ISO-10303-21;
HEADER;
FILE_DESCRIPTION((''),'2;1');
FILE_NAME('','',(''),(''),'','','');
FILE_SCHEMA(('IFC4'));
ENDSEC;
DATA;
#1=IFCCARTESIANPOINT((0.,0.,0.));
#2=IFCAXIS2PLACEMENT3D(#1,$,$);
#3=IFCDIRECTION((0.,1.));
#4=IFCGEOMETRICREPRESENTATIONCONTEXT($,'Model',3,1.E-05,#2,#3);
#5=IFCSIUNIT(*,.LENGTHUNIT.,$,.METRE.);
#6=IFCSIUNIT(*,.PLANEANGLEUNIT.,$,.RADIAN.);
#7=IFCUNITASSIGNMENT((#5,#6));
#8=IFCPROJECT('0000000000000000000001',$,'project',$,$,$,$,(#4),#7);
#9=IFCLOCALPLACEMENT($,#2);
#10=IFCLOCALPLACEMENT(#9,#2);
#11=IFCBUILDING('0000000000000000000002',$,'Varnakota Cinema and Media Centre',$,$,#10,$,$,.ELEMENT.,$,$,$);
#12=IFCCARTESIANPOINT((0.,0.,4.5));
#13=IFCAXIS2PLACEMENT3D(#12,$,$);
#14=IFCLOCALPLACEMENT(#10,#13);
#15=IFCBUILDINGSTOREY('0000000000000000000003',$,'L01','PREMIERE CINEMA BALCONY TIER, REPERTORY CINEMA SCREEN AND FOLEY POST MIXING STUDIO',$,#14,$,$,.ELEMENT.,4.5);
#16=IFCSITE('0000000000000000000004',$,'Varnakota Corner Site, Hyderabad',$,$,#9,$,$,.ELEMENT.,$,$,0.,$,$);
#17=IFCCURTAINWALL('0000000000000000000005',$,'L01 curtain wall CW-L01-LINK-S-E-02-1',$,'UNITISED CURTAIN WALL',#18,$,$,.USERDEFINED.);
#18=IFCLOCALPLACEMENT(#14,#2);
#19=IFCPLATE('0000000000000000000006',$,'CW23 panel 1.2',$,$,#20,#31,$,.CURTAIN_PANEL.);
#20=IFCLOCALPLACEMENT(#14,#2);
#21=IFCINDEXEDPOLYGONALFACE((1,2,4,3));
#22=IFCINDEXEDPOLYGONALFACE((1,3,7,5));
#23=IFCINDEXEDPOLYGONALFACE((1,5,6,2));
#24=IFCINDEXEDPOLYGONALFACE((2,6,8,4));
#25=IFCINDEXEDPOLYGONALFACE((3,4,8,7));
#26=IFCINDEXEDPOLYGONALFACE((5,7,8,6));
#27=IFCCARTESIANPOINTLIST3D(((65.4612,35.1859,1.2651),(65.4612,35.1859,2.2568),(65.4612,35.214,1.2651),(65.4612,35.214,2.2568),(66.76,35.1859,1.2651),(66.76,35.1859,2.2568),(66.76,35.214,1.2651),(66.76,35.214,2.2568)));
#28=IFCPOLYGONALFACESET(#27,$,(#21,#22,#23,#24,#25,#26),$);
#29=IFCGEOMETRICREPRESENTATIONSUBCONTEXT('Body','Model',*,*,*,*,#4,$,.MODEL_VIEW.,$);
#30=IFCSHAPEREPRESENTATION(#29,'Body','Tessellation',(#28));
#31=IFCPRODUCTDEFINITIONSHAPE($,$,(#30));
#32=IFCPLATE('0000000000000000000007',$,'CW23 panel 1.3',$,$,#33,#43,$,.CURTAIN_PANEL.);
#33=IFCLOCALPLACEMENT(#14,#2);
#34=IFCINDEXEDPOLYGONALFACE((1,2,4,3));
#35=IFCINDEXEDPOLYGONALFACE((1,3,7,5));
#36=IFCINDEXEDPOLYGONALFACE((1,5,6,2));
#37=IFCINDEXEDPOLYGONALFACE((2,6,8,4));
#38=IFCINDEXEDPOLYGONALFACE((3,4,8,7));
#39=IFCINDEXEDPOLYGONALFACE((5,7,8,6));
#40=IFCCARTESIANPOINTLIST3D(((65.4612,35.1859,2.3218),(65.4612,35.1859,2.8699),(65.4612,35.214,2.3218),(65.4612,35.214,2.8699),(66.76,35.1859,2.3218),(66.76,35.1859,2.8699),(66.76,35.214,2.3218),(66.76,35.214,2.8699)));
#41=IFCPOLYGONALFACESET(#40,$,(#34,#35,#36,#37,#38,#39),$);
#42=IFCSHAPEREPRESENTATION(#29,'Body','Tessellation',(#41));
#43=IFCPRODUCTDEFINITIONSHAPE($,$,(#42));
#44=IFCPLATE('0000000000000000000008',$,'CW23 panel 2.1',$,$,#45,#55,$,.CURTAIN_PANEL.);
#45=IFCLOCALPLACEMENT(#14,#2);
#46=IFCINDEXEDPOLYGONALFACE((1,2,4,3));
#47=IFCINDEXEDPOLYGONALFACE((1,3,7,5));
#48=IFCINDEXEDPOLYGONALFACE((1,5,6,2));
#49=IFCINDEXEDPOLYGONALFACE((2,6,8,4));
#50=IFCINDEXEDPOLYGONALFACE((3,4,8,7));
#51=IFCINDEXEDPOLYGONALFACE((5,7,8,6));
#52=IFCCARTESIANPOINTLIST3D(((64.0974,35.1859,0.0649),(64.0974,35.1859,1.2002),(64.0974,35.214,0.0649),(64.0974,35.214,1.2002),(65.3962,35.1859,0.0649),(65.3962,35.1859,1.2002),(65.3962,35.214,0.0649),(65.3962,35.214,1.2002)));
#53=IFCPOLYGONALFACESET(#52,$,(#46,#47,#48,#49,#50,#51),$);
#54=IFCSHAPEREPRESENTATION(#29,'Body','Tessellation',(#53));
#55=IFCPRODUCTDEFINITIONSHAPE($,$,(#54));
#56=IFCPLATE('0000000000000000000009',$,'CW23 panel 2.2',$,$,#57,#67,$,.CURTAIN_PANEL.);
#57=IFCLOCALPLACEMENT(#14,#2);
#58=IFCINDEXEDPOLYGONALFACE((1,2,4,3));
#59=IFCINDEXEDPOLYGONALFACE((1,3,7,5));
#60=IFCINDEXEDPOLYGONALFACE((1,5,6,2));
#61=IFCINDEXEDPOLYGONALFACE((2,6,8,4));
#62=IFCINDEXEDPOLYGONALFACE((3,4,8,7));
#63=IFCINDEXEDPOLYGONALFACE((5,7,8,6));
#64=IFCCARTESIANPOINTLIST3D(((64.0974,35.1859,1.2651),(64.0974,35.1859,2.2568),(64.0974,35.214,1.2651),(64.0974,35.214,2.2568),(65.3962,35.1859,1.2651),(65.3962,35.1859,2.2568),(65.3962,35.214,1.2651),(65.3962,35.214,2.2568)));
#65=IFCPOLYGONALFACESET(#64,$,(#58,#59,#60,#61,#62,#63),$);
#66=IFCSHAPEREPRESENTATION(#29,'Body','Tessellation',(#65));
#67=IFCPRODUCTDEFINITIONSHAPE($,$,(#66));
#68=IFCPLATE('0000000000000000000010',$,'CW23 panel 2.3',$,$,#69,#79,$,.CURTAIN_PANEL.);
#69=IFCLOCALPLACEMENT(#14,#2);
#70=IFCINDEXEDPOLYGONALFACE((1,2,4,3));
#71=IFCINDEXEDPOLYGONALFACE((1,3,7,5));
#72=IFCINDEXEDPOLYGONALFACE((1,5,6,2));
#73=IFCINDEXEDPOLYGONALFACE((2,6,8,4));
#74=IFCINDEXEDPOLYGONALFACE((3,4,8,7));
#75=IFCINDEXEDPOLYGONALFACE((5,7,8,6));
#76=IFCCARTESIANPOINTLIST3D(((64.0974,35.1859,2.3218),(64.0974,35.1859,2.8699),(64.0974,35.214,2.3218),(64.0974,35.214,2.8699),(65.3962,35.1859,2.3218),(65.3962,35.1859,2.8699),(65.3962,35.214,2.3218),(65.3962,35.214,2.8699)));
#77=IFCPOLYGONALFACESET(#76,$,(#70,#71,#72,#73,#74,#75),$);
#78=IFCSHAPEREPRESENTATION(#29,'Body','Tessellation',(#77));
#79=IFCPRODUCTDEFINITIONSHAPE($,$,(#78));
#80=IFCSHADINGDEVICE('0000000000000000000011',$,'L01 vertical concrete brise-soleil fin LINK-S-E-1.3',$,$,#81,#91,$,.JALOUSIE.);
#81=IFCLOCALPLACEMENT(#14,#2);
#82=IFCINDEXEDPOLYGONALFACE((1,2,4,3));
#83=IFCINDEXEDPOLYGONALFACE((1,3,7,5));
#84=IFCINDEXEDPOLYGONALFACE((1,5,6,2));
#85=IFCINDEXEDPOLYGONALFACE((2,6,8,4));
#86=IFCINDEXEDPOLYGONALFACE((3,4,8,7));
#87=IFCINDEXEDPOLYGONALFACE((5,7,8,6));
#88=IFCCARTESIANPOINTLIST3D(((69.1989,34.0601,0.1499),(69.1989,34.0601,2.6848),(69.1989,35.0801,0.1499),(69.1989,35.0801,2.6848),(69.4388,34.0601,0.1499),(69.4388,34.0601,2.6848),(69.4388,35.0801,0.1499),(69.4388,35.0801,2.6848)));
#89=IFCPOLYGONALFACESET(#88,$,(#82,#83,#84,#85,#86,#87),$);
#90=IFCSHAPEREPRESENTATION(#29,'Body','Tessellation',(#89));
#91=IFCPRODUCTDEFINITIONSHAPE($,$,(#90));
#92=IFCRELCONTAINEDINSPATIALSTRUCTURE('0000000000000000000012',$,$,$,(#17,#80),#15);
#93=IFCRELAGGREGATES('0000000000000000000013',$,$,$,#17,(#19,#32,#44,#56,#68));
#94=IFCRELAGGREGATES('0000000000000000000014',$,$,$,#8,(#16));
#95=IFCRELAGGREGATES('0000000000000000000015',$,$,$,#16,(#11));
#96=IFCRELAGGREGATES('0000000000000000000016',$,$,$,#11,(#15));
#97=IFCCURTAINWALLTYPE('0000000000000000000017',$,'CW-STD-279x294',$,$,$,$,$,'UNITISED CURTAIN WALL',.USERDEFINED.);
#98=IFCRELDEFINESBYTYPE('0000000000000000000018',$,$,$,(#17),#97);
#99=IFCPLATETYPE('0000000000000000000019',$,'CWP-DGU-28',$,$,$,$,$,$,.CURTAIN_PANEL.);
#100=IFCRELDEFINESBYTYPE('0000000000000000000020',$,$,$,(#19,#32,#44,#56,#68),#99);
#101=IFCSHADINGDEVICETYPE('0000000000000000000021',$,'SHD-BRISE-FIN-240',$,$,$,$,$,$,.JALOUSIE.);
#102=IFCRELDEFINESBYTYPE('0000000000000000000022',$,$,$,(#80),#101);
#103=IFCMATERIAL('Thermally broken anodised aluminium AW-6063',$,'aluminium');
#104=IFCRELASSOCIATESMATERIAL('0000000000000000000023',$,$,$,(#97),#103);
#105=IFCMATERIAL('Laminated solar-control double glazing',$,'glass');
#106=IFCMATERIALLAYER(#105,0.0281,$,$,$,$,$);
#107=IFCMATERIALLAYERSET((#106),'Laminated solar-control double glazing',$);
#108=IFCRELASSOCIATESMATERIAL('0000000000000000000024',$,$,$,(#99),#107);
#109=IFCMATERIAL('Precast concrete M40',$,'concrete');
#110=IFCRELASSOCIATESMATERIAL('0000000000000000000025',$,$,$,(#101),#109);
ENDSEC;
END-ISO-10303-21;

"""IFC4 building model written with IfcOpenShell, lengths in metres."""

from ifc_helpers import new_model, si_unit, direction, frame, origin, origin_2d, place, context, subcontext, project, spatial, rectangle, extrude, material, layer, layer_set, type_object, element, aggregate, save


model = new_model("IFC4")

# Units and contexts
model_context = context("Model", 3, precision=1e-05, world=origin(), true_north=direction((0.0, 1.0)))
body_context = subcontext(model_context, "Body", "Model", "MODEL_VIEW")
ifc_project = project(units=[si_unit("LENGTHUNIT", "METRE"), si_unit("PLANEANGLEUNIT", "RADIAN")], contexts=[model_context])

# Site, building, storey
site_placement = place(None, origin())
site = spatial("IfcSite", under=ifc_project, at=site_placement, Name="Varnakota Corner Site, Hyderabad", CompositionType="ELEMENT", RefElevation=0.0)
building_placement = place(site_placement, origin())
building = spatial("IfcBuilding", under=site, at=building_placement, Name="Varnakota Cinema and Media Centre", CompositionType="ELEMENT")
storey_placement = place(building_placement, frame((0.0, 0.0, 4.5)))
storey = spatial("IfcBuildingStorey", under=building, at=storey_placement, Name="L01", Description="PREMIERE CINEMA BALCONY TIER, REPERTORY CINEMA SCREEN AND FOLEY POST MIXING STUDIO", CompositionType="ELEMENT", Elevation=4.5)

# Curtain wall
ifc_material_1 = material(Name="Thermally broken anodised aluminium AW-6063", Category="aluminium")
curtain_wall_type_1 = type_object("IfcCurtainWallType", Name="CW-STD-279x294", ElementType="UNITISED CURTAIN WALL", PredefinedType="USERDEFINED", material=ifc_material_1)
curtain_wall_1_placement = place(storey_placement, origin())
curtain_wall_1 = element("IfcCurtainWall", 1, at=curtain_wall_1_placement, inside=storey, type_object=curtain_wall_type_1, Name="L01 curtain wall CW-L01-LINK-S-E-02-1", ObjectType="UNITISED CURTAIN WALL", PredefinedType="USERDEFINED")

# Plates
ifc_material_2 = material(Name="Laminated solar-control double glazing", Category="glass")
ifc_layer = layer(ifc_material_2, 0.0281)
ifc_layer_set = layer_set([ifc_layer], Name="Laminated solar-control double glazing")
plate_type = type_object("IfcPlateType", Name="CWP-DGU-28", PredefinedType="CURTAIN_PANEL", material=ifc_layer_set)
plate_1_placement = place(storey_placement, frame((66.1106, 35.2, 1.2651), z_axis=(0.0, 0.0, 1.0), x_axis=(-1.0, 0.0, 0.0)))
plate_1 = element("IfcPlate", 2, at=plate_1_placement, type_object=plate_type, Name="CW23 panel 1.2", PredefinedType="CURTAIN_PANEL", context=body_context, shape_type="SweptSolid", body=[
    extrude(rectangle(XDim=1.2988, YDim=0.0281, at=origin_2d()), origin(), (0.0, 0.0, 1.0), 0.9917),
])
plate_2_placement = place(storey_placement, frame((66.1106, 35.2, 2.3218), z_axis=(0.0, 0.0, 1.0), x_axis=(-1.0, 0.0, 0.0)))
plate_2 = element("IfcPlate", 3, at=plate_2_placement, type_object=plate_type, Name="CW23 panel 1.3", PredefinedType="CURTAIN_PANEL", context=body_context, shape_type="SweptSolid", body=[
    extrude(rectangle(XDim=1.2988, YDim=0.0281, at=origin_2d()), origin(), (0.0, 0.0, 1.0), 0.5481),
])
plate_3_placement = place(storey_placement, frame((64.7468, 35.2, 0.0649), z_axis=(0.0, 0.0, 1.0), x_axis=(-1.0, 0.0, 0.0)))
plate_3 = element("IfcPlate", 4, at=plate_3_placement, type_object=plate_type, Name="CW23 panel 2.1", PredefinedType="CURTAIN_PANEL", context=body_context, shape_type="SweptSolid", body=[
    extrude(rectangle(XDim=1.2988, YDim=0.0281, at=origin_2d()), origin(), (0.0, 0.0, 1.0), 1.1353),
])
plate_4_placement = place(storey_placement, frame((64.7468, 35.2, 1.2651), z_axis=(0.0, 0.0, 1.0), x_axis=(-1.0, 0.0, 0.0)))
plate_4 = element("IfcPlate", 5, at=plate_4_placement, type_object=plate_type, Name="CW23 panel 2.2", PredefinedType="CURTAIN_PANEL", context=body_context, shape_type="SweptSolid", body=[
    extrude(rectangle(XDim=1.2988, YDim=0.0281, at=origin_2d()), origin(), (0.0, 0.0, 1.0), 0.9917),
])
plate_5_placement = place(storey_placement, frame((64.7468, 35.2, 2.3218), z_axis=(0.0, 0.0, 1.0), x_axis=(-1.0, 0.0, 0.0)))
plate_5 = element("IfcPlate", 6, at=plate_5_placement, type_object=plate_type, Name="CW23 panel 2.3", PredefinedType="CURTAIN_PANEL", context=body_context, shape_type="SweptSolid", body=[
    extrude(rectangle(XDim=1.2988, YDim=0.0281, at=origin_2d()), origin(), (0.0, 0.0, 1.0), 0.5481),
])
aggregate(curtain_wall_1, [plate_1, plate_2, plate_3, plate_4, plate_5])

# Shading device
ifc_material_3 = material(Name="Precast concrete M40", Category="concrete")
shading_device_type = type_object("IfcShadingDeviceType", Name="SHD-BRISE-FIN-240", PredefinedType="JALOUSIE", material=ifc_material_3)
shading_device_placement = place(storey_placement, frame((69.3188, 34.5701, 0.1499), z_axis=(0.0, 0.0, 1.0), x_axis=(-1.0, 0.0, 0.0)))
element("IfcShadingDevice", 7, at=shading_device_placement, inside=storey, type_object=shading_device_type, Name="L01 vertical concrete brise-soleil fin LINK-S-E-1.3", PredefinedType="JALOUSIE", context=body_context, shape_type="SweptSolid", body=[
    extrude(rectangle(XDim=0.24, YDim=1.02, at=origin_2d()), origin(), (0.0, 0.0, 1.0), 2.5349),
])

save(model, "model.ifc")
